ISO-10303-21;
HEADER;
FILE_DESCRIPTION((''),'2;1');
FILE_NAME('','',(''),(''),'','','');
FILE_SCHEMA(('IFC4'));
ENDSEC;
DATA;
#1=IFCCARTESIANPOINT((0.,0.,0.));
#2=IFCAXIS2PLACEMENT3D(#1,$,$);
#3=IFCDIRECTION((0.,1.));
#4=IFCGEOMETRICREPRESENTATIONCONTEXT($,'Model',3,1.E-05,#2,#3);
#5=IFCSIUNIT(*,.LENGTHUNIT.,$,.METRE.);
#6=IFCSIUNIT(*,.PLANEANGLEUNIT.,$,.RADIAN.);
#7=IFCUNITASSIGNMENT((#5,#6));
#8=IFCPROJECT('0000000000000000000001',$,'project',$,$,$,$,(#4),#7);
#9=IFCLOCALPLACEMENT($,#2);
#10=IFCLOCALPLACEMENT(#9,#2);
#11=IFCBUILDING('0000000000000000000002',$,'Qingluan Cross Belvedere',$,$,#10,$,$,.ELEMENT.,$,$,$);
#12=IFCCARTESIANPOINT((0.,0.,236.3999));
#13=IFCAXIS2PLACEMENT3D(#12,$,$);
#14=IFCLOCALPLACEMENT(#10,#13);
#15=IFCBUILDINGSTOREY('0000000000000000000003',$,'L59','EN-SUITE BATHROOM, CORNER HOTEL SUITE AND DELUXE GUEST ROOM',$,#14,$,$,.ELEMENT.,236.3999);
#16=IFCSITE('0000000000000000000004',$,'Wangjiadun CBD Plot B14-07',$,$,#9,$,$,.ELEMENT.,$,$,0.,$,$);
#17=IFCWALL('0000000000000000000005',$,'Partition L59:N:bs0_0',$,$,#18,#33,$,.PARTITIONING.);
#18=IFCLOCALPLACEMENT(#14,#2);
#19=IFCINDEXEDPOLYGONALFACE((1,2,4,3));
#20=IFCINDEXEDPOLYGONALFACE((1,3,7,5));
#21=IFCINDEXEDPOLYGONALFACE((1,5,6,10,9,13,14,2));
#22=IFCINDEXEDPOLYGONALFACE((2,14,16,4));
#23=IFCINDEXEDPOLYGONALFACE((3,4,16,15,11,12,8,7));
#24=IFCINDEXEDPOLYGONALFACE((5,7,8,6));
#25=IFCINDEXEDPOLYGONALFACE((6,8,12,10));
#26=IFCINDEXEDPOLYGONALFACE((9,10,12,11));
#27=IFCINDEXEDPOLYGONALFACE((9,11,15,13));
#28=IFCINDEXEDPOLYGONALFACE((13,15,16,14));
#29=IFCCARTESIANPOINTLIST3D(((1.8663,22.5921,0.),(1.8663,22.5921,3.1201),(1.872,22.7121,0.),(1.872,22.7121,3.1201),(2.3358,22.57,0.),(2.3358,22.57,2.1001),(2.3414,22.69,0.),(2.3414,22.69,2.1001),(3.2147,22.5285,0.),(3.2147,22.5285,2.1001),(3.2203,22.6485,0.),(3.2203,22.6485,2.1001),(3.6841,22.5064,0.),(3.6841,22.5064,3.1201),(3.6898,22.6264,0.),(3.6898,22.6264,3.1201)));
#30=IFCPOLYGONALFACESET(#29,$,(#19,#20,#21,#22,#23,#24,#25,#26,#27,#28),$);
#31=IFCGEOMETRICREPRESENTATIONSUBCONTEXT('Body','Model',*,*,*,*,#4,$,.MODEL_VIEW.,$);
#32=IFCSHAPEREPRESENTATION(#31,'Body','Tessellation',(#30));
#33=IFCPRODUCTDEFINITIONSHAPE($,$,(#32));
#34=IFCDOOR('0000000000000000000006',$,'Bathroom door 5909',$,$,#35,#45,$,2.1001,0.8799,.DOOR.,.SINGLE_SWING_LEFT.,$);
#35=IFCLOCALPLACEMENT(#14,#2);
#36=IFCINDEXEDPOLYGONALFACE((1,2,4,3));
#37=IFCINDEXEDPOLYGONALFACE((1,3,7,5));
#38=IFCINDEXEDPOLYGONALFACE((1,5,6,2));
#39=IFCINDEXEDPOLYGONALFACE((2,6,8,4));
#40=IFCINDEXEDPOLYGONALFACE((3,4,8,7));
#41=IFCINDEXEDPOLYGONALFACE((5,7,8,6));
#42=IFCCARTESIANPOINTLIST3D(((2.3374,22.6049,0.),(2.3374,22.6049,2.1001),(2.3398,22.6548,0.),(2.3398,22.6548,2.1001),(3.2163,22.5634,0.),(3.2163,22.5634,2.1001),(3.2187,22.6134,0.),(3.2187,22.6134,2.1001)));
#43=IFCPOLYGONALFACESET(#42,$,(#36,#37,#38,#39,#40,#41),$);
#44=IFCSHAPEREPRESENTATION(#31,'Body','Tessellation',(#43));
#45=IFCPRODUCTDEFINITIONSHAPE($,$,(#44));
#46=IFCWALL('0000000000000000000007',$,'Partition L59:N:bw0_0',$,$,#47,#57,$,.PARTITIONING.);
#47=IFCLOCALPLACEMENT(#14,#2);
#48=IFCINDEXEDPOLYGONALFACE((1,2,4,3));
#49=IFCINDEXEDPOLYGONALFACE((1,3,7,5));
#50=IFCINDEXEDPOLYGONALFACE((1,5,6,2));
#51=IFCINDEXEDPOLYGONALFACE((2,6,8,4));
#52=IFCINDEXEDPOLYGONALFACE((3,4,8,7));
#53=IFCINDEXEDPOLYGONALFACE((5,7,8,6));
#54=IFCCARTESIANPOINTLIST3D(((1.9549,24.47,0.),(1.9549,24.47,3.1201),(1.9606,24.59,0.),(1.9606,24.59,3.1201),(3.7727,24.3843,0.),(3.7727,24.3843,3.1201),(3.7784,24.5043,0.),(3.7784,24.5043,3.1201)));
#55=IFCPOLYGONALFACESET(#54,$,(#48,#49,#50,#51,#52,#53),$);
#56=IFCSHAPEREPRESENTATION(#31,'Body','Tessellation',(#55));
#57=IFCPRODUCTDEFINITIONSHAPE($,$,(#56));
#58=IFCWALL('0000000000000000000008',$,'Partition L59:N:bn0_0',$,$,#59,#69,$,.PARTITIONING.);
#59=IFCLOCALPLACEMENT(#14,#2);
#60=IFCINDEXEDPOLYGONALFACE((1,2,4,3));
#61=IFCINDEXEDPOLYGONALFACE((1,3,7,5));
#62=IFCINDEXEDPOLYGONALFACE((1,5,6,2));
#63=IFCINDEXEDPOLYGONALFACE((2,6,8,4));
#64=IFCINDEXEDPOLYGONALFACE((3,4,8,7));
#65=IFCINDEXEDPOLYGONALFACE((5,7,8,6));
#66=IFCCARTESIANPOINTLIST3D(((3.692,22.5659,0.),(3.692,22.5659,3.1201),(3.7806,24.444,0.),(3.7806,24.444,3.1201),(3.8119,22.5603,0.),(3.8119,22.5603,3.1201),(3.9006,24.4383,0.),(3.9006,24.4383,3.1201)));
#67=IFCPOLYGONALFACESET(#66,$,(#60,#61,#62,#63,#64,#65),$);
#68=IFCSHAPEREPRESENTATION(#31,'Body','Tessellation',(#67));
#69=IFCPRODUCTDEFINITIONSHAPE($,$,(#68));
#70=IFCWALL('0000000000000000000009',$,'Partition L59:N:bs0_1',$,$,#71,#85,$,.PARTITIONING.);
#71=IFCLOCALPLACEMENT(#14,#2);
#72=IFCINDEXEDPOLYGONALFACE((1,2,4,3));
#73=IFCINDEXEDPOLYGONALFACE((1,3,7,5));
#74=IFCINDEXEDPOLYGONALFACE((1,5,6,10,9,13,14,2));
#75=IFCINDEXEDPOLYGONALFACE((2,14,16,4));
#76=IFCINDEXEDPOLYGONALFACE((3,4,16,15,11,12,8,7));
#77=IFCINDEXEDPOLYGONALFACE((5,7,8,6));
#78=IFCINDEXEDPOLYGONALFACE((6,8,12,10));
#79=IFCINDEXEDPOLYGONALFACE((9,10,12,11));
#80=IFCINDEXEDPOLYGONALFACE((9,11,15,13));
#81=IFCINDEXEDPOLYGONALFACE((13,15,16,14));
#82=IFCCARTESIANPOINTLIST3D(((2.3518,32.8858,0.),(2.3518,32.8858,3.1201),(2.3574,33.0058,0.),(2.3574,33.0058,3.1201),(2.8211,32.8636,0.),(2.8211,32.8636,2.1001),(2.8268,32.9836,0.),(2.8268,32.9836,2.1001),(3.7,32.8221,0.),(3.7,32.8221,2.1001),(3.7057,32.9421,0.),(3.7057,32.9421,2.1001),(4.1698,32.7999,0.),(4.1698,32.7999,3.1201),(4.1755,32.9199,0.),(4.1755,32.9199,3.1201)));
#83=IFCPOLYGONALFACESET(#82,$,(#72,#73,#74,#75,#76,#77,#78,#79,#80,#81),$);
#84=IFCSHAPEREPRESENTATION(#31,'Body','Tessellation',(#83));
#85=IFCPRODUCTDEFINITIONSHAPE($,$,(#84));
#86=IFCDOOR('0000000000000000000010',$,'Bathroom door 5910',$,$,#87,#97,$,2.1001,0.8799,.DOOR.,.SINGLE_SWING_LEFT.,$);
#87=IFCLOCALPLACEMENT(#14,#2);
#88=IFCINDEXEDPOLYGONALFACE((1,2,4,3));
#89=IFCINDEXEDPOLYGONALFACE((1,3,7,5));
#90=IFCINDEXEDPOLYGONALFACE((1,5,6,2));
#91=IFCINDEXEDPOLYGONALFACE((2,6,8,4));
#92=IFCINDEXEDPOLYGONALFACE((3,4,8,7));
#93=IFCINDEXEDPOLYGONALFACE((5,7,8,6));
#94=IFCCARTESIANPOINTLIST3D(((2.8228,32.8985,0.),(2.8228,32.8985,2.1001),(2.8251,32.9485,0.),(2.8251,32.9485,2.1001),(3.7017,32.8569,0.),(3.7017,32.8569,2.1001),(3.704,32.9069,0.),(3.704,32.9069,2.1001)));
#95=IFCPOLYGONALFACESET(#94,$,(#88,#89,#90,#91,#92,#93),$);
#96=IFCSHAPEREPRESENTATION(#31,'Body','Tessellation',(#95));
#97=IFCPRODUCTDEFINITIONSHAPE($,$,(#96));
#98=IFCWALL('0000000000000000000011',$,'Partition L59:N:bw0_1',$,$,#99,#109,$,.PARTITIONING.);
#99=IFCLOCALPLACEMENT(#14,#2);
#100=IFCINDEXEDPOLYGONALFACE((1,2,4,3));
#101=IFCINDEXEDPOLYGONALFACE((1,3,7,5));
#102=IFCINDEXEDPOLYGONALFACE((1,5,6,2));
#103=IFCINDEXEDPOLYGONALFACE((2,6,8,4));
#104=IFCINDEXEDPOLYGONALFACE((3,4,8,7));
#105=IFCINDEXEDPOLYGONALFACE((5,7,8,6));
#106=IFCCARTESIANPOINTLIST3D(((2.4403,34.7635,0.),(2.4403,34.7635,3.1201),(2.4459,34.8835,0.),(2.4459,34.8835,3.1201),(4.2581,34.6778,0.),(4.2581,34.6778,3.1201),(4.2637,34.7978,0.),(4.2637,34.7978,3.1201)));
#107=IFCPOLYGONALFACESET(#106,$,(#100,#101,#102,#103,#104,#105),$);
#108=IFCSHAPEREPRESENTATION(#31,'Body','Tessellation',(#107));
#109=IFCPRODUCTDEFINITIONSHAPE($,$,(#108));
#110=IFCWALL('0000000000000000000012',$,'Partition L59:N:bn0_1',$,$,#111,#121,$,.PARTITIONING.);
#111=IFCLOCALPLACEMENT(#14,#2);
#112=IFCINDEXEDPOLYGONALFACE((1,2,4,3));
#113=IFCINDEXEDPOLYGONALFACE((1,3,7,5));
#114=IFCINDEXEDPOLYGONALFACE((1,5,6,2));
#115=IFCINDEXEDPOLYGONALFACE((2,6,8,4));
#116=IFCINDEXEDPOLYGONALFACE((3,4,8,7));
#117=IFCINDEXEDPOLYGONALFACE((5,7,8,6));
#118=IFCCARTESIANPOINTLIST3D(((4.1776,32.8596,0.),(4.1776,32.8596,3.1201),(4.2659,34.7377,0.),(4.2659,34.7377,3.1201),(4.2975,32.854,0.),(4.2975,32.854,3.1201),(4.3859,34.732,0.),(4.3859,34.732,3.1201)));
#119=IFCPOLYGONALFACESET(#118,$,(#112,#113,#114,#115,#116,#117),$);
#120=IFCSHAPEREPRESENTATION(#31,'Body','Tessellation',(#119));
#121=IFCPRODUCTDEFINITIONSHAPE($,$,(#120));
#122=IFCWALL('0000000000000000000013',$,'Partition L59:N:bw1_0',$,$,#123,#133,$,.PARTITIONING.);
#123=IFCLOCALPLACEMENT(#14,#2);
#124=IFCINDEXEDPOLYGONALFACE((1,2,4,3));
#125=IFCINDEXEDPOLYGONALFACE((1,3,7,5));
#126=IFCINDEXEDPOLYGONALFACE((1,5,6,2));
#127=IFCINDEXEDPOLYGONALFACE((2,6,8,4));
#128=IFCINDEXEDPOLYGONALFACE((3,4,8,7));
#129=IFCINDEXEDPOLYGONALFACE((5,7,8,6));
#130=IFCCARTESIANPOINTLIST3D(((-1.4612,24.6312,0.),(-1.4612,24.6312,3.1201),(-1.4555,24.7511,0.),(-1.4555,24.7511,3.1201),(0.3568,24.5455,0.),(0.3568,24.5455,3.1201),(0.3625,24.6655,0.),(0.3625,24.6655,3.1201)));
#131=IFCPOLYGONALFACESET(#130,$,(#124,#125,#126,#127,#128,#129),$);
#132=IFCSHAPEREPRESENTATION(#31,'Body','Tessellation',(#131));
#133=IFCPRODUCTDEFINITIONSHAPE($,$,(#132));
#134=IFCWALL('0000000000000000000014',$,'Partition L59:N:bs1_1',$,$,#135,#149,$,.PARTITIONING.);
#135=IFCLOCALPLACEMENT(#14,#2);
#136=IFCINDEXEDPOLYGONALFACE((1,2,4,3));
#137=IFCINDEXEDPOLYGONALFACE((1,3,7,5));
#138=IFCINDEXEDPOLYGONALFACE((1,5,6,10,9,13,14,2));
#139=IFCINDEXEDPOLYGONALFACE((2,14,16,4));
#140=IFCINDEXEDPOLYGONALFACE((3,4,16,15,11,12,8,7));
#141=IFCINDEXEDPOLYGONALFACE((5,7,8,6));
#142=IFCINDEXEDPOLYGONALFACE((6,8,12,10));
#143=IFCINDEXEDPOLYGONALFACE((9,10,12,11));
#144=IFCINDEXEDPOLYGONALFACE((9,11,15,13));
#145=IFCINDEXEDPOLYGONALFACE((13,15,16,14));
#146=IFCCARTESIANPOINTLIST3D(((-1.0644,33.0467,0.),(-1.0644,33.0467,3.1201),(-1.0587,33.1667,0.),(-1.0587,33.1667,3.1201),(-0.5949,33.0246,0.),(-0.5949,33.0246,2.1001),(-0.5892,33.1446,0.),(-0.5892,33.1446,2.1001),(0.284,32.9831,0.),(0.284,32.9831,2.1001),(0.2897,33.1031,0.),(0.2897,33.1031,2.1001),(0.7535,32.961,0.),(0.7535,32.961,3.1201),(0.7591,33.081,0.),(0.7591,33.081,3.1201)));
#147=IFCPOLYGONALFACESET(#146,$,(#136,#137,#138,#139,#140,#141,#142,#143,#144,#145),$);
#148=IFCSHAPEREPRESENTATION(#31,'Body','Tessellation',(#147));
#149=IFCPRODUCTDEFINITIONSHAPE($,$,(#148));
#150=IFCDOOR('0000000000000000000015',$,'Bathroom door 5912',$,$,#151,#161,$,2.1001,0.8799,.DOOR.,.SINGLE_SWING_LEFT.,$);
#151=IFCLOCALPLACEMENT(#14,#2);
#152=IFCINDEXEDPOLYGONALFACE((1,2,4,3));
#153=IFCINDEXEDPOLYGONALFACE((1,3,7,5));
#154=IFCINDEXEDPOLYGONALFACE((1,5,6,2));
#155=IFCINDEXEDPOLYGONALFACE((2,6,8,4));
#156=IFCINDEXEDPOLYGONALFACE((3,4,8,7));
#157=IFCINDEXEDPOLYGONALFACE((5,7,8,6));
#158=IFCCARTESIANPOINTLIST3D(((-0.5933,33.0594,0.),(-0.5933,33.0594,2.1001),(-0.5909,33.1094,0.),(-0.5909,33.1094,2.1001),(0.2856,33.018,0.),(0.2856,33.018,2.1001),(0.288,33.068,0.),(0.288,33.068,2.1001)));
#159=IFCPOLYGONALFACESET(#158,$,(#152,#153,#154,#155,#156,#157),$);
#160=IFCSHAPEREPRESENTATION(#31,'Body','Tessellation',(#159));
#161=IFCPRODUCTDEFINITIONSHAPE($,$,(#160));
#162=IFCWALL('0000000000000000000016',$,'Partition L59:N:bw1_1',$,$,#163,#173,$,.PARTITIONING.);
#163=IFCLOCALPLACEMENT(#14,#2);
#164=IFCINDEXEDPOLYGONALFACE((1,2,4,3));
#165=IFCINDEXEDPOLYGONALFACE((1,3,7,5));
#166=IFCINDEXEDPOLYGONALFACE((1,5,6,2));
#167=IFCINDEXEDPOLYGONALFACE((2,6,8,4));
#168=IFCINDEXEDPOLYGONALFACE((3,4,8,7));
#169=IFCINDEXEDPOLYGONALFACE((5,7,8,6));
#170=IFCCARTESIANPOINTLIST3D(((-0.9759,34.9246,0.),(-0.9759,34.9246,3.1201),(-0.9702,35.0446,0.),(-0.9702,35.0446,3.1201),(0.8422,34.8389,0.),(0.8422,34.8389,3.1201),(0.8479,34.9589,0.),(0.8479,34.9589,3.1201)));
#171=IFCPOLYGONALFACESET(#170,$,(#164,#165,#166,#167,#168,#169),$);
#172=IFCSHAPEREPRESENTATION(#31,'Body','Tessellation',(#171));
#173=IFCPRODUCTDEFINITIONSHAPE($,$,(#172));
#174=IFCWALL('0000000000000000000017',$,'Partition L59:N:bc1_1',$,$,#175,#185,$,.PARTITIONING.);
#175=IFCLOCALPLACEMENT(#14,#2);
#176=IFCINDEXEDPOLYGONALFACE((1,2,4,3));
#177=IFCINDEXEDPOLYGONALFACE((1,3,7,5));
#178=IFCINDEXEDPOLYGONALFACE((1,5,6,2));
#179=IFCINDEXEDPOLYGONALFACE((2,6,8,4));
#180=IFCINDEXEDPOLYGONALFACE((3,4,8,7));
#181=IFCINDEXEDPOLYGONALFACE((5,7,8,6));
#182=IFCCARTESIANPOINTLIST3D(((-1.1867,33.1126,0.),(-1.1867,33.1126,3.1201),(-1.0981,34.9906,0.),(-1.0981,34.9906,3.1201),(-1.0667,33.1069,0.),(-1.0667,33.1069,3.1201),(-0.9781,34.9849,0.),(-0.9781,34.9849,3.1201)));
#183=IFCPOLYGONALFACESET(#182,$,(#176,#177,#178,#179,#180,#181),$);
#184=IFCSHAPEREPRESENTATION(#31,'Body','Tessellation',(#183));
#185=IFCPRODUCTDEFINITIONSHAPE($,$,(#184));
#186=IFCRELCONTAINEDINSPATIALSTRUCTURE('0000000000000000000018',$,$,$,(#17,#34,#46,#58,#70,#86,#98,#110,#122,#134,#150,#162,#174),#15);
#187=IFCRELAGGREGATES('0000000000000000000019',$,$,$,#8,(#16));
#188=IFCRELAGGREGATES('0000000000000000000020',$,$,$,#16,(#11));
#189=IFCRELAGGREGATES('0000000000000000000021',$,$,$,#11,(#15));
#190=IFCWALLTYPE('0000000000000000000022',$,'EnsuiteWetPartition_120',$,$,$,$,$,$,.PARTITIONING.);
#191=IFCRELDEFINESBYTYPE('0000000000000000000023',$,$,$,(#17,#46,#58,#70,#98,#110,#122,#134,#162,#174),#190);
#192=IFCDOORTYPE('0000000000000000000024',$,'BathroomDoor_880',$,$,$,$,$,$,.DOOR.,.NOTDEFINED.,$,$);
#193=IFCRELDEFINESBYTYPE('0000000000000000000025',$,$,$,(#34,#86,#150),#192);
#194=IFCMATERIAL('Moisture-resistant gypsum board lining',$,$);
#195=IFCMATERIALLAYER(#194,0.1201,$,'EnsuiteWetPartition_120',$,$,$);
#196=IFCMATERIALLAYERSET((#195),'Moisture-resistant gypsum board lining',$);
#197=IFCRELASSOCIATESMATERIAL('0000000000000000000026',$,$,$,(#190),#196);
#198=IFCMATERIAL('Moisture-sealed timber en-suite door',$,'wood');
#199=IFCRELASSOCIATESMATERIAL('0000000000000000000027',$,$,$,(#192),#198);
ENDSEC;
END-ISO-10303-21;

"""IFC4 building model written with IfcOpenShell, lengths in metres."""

from ifc_helpers import new_model, si_unit, direction, frame, frame_2d, origin, place, context, subcontext, project, spatial, rectangle, extrude, material, layer, layer_set, type_object, element, fill, save


model = new_model("IFC4")

# Units and contexts
model_context = context("Model", 3, precision=1e-05, world=origin(), true_north=direction((0.0, 1.0)))
body_context = subcontext(model_context, "Body", "Model", "MODEL_VIEW")
ifc_project = project(units=[si_unit("LENGTHUNIT", "METRE"), si_unit("PLANEANGLEUNIT", "RADIAN")], contexts=[model_context])

# Site, building, storey
site_placement = place(None, origin())
site = spatial("IfcSite", under=ifc_project, at=site_placement, Name="Wangjiadun CBD Plot B14-07", CompositionType="ELEMENT", RefElevation=0.0)
building_placement = place(site_placement, origin())
building = spatial("IfcBuilding", under=site, at=building_placement, Name="Qingluan Cross Belvedere", CompositionType="ELEMENT")
storey_placement = place(building_placement, frame((0.0, 0.0, 236.3999)))
storey = spatial("IfcBuildingStorey", under=building, at=storey_placement, Name="L59", Description="EN-SUITE BATHROOM, CORNER HOTEL SUITE AND DELUXE GUEST ROOM", CompositionType="ELEMENT", Elevation=236.3999)

# Wall, opening, door
ifc_material_1 = material(Name="Moisture-resistant gypsum board lining")
ifc_layer_1 = layer(ifc_material_1, 0.1201, Name="EnsuiteWetPartition_120")
ifc_layer_set_1 = layer_set([ifc_layer_1], Name="Moisture-resistant gypsum board lining")
wall_type_1 = type_object("IfcWallType", Name="EnsuiteWetPartition_120", PredefinedType="PARTITIONING", material=ifc_layer_set_1)
wall_1_placement = place(storey_placement, frame((1.8691, 22.6521, 0.0), z_axis=(0.0, 0.0, 1.0), x_axis=(0.998891, -0.047087, 0.0)))
wall_1 = element("IfcWall", 1, at=wall_1_placement, inside=storey, type_object=wall_type_1, Name="Partition L59:N:bs0_0", PredefinedType="PARTITIONING", context=body_context, shape_type="SweptSolid", body=[
    extrude(rectangle(XDim=1.8198, YDim=0.1201, at=frame_2d((0.9099, 0.0))), origin(), (0.0, 0.0, 1.0), 3.1201),
])
opening_1_placement = place(wall_1_placement, frame((0.47, 0.0, 0.0)))
opening_1 = element("IfcOpeningElement", 2, at=opening_1_placement, cuts=wall_1, PredefinedType="OPENING", context=body_context, shape_type="SweptSolid", body=[
    extrude(rectangle(XDim=0.8799, YDim=2.1001, at=frame_2d((0.4399, 1.05))), frame((0.0, 0.0701, 0.0), z_axis=(0.0, -1.0, 0.0), x_axis=(1.0, 0.0, 0.0)), (0.0, 0.0, 1.0), 0.1401),
])
ifc_material_2 = material(Name="Moisture-sealed timber en-suite door", Category="wood")
door_type = type_object("IfcDoorType", Name="BathroomDoor_880", OperationType="NOTDEFINED", PredefinedType="DOOR", material=ifc_material_2)
door_1_placement = place(opening_1_placement, origin())
door_1 = element("IfcDoor", 3, at=door_1_placement, inside=storey, type_object=door_type, Name="Bathroom door 5909", OperationType="SINGLE_SWING_LEFT", OverallHeight=2.1001, OverallWidth=0.8799, PredefinedType="DOOR", context=body_context, shape_type="SweptSolid", body=[
    extrude(rectangle(XDim=0.8799, YDim=2.1001, at=frame_2d((0.4399, 1.05))), frame((0.0, 0.0249, 0.0), z_axis=(0.0, -1.0, 0.0), x_axis=(1.0, 0.0, 0.0)), (0.0, 0.0, 1.0), 0.05),
])
fill(opening_1, door_1)

# Walls
wall_2_placement = place(storey_placement, frame((1.9578, 24.53, 0.0), z_axis=(0.0, 0.0, 1.0), x_axis=(0.998891, -0.047087, 0.0)))
element("IfcWall", 4, at=wall_2_placement, inside=storey, type_object=wall_type_1, Name="Partition L59:N:bw0_0", PredefinedType="PARTITIONING", context=body_context, shape_type="SweptSolid", body=[
    extrude(rectangle(XDim=1.8198, YDim=0.1201, at=frame_2d((0.9099, 0.0))), origin(), (0.0, 0.0, 1.0), 3.1201),
])
wall_3_placement = place(storey_placement, frame((3.752, 22.5632, 0.0), z_axis=(0.0, 0.0, 1.0), x_axis=(0.047139, 0.998888, 0.0)))
element("IfcWall", 5, at=wall_3_placement, inside=storey, type_object=wall_type_1, Name="Partition L59:N:bn0_0", PredefinedType="PARTITIONING", context=body_context, shape_type="SweptSolid", body=[
    extrude(rectangle(XDim=1.8801, YDim=0.1201, at=frame_2d((0.9399, 0.0))), origin(), (0.0, 0.0, 1.0), 3.1201),
])

# Wall, opening, door
wall_4_placement = place(storey_placement, frame((2.3545, 32.9458, 0.0), z_axis=(0.0, 0.0, 1.0), x_axis=(0.998885, -0.047215, 0.0)))
wall_4 = element("IfcWall", 6, at=wall_4_placement, inside=storey, type_object=wall_type_1, Name="Partition L59:N:bs0_1", PredefinedType="PARTITIONING", context=body_context, shape_type="SweptSolid", body=[
    extrude(rectangle(XDim=1.8201, YDim=0.1201, at=frame_2d((0.9102, 0.0))), origin(), (0.0, 0.0, 1.0), 3.1201),
])
opening_2_placement = place(wall_4_placement, frame((0.47, 0.0, 0.0)))
opening_2 = element("IfcOpeningElement", 7, at=opening_2_placement, cuts=wall_4, PredefinedType="OPENING", context=body_context, shape_type="SweptSolid", body=[
    extrude(rectangle(XDim=0.8799, YDim=2.1001, at=frame_2d((0.4399, 1.05))), frame((0.0, 0.0701, 0.0), z_axis=(0.0, -1.0, 0.0), x_axis=(1.0, 0.0, 0.0)), (0.0, 0.0, 1.0), 0.1401),
])
door_2_placement = place(opening_2_placement, origin())
door_2 = element("IfcDoor", 8, at=door_2_placement, inside=storey, type_object=door_type, Name="Bathroom door 5910", OperationType="SINGLE_SWING_LEFT", OverallHeight=2.1001, OverallWidth=0.8799, PredefinedType="DOOR", context=body_context, shape_type="SweptSolid", body=[
    extrude(rectangle(XDim=0.8799, YDim=2.1001, at=frame_2d((0.4399, 1.05))), frame((0.0, 0.0249, 0.0), z_axis=(0.0, -1.0, 0.0), x_axis=(1.0, 0.0, 0.0)), (0.0, 0.0, 1.0), 0.05),
])
fill(opening_2, door_2)

# Walls
wall_5_placement = place(storey_placement, frame((2.4431, 34.8235, 0.0), z_axis=(0.0, 0.0, 1.0), x_axis=(0.998891, -0.047087, 0.0)))
element("IfcWall", 9, at=wall_5_placement, inside=storey, type_object=wall_type_1, Name="Partition L59:N:bw0_1", PredefinedType="PARTITIONING", context=body_context, shape_type="SweptSolid", body=[
    extrude(rectangle(XDim=1.8198, YDim=0.1201, at=frame_2d((0.9099, 0.0))), origin(), (0.0, 0.0, 1.0), 3.1201),
])
wall_6_placement = place(storey_placement, frame((4.2375, 32.8569, 0.0), z_axis=(0.0, 0.0, 1.0), x_axis=(0.04701, 0.998894, 0.0)))
element("IfcWall", 10, at=wall_6_placement, inside=storey, type_object=wall_type_1, Name="Partition L59:N:bn0_1", PredefinedType="PARTITIONING", context=body_context, shape_type="SweptSolid", body=[
    extrude(rectangle(XDim=1.8801, YDim=0.1201, at=frame_2d((0.9399, 0.0))), origin(), (0.0, 0.0, 1.0), 3.1201),
])
wall_7_placement = place(storey_placement, frame((-1.4585, 24.6912, 0.0), z_axis=(0.0, 0.0, 1.0), x_axis=(0.998891, -0.047081, 0.0)))
element("IfcWall", 11, at=wall_7_placement, inside=storey, type_object=wall_type_1, Name="Partition L59:N:bw1_0", PredefinedType="PARTITIONING", context=body_context, shape_type="SweptSolid", body=[
    extrude(rectangle(XDim=1.8201, YDim=0.1201, at=frame_2d((0.9102, 0.0))), origin(), (0.0, 0.0, 1.0), 3.1201),
])

# Wall, opening, door
wall_8_placement = place(storey_placement, frame((-1.0615, 33.1067, 0.0), z_axis=(0.0, 0.0, 1.0), x_axis=(0.998891, -0.047087, 0.0)))
wall_8 = element("IfcWall", 12, at=wall_8_placement, inside=storey, type_object=wall_type_1, Name="Partition L59:N:bs1_1", PredefinedType="PARTITIONING", context=body_context, shape_type="SweptSolid", body=[
    extrude(rectangle(XDim=1.8198, YDim=0.1201, at=frame_2d((0.9099, 0.0))), origin(), (0.0, 0.0, 1.0), 3.1201),
])
opening_3_placement = place(wall_8_placement, frame((0.47, 0.0, 0.0)))
opening_3 = element("IfcOpeningElement", 13, at=opening_3_placement, cuts=wall_8, PredefinedType="OPENING", context=body_context, shape_type="SweptSolid", body=[
    extrude(rectangle(XDim=0.8799, YDim=2.1001, at=frame_2d((0.4399, 1.05))), frame((0.0, 0.0701, 0.0), z_axis=(0.0, -1.0, 0.0), x_axis=(1.0, 0.0, 0.0)), (0.0, 0.0, 1.0), 0.1401),
])
door_3_placement = place(opening_3_placement, origin())
door_3 = element("IfcDoor", 14, at=door_3_placement, inside=storey, type_object=door_type, Name="Bathroom door 5912", OperationType="SINGLE_SWING_LEFT", OverallHeight=2.1001, OverallWidth=0.8799, PredefinedType="DOOR", context=body_context, shape_type="SweptSolid", body=[
    extrude(rectangle(XDim=0.8799, YDim=2.1001, at=frame_2d((0.4399, 1.05))), frame((0.0, 0.0249, 0.0), z_axis=(0.0, -1.0, 0.0), x_axis=(1.0, 0.0, 0.0)), (0.0, 0.0, 1.0), 0.05),
])
fill(opening_3, door_3)

# Walls
wall_9_placement = place(storey_placement, frame((-0.9731, 34.9846, 0.0), z_axis=(0.0, 0.0, 1.0), x_axis=(0.998891, -0.047081, 0.0)))
element("IfcWall", 15, at=wall_9_placement, inside=storey, type_object=wall_type_1, Name="Partition L59:N:bw1_1", PredefinedType="PARTITIONING", context=body_context, shape_type="SweptSolid", body=[
    extrude(rectangle(XDim=1.8201, YDim=0.1201, at=frame_2d((0.9102, 0.0))), origin(), (0.0, 0.0, 1.0), 3.1201),
])
wall_10_placement = place(storey_placement, frame((-1.1267, 33.1099, 0.0), z_axis=(0.0, 0.0, 1.0), x_axis=(0.047139, 0.998888, 0.0)))
element("IfcWall", 16, at=wall_10_placement, inside=storey, type_object=wall_type_1, Name="Partition L59:N:bc1_1", PredefinedType="PARTITIONING", context=body_context, shape_type="SweptSolid", body=[
    extrude(rectangle(XDim=1.8801, YDim=0.1201, at=frame_2d((0.9399, 0.0))), origin(), (0.0, 0.0, 1.0), 3.1201),
])

save(model, "model.ifc")
